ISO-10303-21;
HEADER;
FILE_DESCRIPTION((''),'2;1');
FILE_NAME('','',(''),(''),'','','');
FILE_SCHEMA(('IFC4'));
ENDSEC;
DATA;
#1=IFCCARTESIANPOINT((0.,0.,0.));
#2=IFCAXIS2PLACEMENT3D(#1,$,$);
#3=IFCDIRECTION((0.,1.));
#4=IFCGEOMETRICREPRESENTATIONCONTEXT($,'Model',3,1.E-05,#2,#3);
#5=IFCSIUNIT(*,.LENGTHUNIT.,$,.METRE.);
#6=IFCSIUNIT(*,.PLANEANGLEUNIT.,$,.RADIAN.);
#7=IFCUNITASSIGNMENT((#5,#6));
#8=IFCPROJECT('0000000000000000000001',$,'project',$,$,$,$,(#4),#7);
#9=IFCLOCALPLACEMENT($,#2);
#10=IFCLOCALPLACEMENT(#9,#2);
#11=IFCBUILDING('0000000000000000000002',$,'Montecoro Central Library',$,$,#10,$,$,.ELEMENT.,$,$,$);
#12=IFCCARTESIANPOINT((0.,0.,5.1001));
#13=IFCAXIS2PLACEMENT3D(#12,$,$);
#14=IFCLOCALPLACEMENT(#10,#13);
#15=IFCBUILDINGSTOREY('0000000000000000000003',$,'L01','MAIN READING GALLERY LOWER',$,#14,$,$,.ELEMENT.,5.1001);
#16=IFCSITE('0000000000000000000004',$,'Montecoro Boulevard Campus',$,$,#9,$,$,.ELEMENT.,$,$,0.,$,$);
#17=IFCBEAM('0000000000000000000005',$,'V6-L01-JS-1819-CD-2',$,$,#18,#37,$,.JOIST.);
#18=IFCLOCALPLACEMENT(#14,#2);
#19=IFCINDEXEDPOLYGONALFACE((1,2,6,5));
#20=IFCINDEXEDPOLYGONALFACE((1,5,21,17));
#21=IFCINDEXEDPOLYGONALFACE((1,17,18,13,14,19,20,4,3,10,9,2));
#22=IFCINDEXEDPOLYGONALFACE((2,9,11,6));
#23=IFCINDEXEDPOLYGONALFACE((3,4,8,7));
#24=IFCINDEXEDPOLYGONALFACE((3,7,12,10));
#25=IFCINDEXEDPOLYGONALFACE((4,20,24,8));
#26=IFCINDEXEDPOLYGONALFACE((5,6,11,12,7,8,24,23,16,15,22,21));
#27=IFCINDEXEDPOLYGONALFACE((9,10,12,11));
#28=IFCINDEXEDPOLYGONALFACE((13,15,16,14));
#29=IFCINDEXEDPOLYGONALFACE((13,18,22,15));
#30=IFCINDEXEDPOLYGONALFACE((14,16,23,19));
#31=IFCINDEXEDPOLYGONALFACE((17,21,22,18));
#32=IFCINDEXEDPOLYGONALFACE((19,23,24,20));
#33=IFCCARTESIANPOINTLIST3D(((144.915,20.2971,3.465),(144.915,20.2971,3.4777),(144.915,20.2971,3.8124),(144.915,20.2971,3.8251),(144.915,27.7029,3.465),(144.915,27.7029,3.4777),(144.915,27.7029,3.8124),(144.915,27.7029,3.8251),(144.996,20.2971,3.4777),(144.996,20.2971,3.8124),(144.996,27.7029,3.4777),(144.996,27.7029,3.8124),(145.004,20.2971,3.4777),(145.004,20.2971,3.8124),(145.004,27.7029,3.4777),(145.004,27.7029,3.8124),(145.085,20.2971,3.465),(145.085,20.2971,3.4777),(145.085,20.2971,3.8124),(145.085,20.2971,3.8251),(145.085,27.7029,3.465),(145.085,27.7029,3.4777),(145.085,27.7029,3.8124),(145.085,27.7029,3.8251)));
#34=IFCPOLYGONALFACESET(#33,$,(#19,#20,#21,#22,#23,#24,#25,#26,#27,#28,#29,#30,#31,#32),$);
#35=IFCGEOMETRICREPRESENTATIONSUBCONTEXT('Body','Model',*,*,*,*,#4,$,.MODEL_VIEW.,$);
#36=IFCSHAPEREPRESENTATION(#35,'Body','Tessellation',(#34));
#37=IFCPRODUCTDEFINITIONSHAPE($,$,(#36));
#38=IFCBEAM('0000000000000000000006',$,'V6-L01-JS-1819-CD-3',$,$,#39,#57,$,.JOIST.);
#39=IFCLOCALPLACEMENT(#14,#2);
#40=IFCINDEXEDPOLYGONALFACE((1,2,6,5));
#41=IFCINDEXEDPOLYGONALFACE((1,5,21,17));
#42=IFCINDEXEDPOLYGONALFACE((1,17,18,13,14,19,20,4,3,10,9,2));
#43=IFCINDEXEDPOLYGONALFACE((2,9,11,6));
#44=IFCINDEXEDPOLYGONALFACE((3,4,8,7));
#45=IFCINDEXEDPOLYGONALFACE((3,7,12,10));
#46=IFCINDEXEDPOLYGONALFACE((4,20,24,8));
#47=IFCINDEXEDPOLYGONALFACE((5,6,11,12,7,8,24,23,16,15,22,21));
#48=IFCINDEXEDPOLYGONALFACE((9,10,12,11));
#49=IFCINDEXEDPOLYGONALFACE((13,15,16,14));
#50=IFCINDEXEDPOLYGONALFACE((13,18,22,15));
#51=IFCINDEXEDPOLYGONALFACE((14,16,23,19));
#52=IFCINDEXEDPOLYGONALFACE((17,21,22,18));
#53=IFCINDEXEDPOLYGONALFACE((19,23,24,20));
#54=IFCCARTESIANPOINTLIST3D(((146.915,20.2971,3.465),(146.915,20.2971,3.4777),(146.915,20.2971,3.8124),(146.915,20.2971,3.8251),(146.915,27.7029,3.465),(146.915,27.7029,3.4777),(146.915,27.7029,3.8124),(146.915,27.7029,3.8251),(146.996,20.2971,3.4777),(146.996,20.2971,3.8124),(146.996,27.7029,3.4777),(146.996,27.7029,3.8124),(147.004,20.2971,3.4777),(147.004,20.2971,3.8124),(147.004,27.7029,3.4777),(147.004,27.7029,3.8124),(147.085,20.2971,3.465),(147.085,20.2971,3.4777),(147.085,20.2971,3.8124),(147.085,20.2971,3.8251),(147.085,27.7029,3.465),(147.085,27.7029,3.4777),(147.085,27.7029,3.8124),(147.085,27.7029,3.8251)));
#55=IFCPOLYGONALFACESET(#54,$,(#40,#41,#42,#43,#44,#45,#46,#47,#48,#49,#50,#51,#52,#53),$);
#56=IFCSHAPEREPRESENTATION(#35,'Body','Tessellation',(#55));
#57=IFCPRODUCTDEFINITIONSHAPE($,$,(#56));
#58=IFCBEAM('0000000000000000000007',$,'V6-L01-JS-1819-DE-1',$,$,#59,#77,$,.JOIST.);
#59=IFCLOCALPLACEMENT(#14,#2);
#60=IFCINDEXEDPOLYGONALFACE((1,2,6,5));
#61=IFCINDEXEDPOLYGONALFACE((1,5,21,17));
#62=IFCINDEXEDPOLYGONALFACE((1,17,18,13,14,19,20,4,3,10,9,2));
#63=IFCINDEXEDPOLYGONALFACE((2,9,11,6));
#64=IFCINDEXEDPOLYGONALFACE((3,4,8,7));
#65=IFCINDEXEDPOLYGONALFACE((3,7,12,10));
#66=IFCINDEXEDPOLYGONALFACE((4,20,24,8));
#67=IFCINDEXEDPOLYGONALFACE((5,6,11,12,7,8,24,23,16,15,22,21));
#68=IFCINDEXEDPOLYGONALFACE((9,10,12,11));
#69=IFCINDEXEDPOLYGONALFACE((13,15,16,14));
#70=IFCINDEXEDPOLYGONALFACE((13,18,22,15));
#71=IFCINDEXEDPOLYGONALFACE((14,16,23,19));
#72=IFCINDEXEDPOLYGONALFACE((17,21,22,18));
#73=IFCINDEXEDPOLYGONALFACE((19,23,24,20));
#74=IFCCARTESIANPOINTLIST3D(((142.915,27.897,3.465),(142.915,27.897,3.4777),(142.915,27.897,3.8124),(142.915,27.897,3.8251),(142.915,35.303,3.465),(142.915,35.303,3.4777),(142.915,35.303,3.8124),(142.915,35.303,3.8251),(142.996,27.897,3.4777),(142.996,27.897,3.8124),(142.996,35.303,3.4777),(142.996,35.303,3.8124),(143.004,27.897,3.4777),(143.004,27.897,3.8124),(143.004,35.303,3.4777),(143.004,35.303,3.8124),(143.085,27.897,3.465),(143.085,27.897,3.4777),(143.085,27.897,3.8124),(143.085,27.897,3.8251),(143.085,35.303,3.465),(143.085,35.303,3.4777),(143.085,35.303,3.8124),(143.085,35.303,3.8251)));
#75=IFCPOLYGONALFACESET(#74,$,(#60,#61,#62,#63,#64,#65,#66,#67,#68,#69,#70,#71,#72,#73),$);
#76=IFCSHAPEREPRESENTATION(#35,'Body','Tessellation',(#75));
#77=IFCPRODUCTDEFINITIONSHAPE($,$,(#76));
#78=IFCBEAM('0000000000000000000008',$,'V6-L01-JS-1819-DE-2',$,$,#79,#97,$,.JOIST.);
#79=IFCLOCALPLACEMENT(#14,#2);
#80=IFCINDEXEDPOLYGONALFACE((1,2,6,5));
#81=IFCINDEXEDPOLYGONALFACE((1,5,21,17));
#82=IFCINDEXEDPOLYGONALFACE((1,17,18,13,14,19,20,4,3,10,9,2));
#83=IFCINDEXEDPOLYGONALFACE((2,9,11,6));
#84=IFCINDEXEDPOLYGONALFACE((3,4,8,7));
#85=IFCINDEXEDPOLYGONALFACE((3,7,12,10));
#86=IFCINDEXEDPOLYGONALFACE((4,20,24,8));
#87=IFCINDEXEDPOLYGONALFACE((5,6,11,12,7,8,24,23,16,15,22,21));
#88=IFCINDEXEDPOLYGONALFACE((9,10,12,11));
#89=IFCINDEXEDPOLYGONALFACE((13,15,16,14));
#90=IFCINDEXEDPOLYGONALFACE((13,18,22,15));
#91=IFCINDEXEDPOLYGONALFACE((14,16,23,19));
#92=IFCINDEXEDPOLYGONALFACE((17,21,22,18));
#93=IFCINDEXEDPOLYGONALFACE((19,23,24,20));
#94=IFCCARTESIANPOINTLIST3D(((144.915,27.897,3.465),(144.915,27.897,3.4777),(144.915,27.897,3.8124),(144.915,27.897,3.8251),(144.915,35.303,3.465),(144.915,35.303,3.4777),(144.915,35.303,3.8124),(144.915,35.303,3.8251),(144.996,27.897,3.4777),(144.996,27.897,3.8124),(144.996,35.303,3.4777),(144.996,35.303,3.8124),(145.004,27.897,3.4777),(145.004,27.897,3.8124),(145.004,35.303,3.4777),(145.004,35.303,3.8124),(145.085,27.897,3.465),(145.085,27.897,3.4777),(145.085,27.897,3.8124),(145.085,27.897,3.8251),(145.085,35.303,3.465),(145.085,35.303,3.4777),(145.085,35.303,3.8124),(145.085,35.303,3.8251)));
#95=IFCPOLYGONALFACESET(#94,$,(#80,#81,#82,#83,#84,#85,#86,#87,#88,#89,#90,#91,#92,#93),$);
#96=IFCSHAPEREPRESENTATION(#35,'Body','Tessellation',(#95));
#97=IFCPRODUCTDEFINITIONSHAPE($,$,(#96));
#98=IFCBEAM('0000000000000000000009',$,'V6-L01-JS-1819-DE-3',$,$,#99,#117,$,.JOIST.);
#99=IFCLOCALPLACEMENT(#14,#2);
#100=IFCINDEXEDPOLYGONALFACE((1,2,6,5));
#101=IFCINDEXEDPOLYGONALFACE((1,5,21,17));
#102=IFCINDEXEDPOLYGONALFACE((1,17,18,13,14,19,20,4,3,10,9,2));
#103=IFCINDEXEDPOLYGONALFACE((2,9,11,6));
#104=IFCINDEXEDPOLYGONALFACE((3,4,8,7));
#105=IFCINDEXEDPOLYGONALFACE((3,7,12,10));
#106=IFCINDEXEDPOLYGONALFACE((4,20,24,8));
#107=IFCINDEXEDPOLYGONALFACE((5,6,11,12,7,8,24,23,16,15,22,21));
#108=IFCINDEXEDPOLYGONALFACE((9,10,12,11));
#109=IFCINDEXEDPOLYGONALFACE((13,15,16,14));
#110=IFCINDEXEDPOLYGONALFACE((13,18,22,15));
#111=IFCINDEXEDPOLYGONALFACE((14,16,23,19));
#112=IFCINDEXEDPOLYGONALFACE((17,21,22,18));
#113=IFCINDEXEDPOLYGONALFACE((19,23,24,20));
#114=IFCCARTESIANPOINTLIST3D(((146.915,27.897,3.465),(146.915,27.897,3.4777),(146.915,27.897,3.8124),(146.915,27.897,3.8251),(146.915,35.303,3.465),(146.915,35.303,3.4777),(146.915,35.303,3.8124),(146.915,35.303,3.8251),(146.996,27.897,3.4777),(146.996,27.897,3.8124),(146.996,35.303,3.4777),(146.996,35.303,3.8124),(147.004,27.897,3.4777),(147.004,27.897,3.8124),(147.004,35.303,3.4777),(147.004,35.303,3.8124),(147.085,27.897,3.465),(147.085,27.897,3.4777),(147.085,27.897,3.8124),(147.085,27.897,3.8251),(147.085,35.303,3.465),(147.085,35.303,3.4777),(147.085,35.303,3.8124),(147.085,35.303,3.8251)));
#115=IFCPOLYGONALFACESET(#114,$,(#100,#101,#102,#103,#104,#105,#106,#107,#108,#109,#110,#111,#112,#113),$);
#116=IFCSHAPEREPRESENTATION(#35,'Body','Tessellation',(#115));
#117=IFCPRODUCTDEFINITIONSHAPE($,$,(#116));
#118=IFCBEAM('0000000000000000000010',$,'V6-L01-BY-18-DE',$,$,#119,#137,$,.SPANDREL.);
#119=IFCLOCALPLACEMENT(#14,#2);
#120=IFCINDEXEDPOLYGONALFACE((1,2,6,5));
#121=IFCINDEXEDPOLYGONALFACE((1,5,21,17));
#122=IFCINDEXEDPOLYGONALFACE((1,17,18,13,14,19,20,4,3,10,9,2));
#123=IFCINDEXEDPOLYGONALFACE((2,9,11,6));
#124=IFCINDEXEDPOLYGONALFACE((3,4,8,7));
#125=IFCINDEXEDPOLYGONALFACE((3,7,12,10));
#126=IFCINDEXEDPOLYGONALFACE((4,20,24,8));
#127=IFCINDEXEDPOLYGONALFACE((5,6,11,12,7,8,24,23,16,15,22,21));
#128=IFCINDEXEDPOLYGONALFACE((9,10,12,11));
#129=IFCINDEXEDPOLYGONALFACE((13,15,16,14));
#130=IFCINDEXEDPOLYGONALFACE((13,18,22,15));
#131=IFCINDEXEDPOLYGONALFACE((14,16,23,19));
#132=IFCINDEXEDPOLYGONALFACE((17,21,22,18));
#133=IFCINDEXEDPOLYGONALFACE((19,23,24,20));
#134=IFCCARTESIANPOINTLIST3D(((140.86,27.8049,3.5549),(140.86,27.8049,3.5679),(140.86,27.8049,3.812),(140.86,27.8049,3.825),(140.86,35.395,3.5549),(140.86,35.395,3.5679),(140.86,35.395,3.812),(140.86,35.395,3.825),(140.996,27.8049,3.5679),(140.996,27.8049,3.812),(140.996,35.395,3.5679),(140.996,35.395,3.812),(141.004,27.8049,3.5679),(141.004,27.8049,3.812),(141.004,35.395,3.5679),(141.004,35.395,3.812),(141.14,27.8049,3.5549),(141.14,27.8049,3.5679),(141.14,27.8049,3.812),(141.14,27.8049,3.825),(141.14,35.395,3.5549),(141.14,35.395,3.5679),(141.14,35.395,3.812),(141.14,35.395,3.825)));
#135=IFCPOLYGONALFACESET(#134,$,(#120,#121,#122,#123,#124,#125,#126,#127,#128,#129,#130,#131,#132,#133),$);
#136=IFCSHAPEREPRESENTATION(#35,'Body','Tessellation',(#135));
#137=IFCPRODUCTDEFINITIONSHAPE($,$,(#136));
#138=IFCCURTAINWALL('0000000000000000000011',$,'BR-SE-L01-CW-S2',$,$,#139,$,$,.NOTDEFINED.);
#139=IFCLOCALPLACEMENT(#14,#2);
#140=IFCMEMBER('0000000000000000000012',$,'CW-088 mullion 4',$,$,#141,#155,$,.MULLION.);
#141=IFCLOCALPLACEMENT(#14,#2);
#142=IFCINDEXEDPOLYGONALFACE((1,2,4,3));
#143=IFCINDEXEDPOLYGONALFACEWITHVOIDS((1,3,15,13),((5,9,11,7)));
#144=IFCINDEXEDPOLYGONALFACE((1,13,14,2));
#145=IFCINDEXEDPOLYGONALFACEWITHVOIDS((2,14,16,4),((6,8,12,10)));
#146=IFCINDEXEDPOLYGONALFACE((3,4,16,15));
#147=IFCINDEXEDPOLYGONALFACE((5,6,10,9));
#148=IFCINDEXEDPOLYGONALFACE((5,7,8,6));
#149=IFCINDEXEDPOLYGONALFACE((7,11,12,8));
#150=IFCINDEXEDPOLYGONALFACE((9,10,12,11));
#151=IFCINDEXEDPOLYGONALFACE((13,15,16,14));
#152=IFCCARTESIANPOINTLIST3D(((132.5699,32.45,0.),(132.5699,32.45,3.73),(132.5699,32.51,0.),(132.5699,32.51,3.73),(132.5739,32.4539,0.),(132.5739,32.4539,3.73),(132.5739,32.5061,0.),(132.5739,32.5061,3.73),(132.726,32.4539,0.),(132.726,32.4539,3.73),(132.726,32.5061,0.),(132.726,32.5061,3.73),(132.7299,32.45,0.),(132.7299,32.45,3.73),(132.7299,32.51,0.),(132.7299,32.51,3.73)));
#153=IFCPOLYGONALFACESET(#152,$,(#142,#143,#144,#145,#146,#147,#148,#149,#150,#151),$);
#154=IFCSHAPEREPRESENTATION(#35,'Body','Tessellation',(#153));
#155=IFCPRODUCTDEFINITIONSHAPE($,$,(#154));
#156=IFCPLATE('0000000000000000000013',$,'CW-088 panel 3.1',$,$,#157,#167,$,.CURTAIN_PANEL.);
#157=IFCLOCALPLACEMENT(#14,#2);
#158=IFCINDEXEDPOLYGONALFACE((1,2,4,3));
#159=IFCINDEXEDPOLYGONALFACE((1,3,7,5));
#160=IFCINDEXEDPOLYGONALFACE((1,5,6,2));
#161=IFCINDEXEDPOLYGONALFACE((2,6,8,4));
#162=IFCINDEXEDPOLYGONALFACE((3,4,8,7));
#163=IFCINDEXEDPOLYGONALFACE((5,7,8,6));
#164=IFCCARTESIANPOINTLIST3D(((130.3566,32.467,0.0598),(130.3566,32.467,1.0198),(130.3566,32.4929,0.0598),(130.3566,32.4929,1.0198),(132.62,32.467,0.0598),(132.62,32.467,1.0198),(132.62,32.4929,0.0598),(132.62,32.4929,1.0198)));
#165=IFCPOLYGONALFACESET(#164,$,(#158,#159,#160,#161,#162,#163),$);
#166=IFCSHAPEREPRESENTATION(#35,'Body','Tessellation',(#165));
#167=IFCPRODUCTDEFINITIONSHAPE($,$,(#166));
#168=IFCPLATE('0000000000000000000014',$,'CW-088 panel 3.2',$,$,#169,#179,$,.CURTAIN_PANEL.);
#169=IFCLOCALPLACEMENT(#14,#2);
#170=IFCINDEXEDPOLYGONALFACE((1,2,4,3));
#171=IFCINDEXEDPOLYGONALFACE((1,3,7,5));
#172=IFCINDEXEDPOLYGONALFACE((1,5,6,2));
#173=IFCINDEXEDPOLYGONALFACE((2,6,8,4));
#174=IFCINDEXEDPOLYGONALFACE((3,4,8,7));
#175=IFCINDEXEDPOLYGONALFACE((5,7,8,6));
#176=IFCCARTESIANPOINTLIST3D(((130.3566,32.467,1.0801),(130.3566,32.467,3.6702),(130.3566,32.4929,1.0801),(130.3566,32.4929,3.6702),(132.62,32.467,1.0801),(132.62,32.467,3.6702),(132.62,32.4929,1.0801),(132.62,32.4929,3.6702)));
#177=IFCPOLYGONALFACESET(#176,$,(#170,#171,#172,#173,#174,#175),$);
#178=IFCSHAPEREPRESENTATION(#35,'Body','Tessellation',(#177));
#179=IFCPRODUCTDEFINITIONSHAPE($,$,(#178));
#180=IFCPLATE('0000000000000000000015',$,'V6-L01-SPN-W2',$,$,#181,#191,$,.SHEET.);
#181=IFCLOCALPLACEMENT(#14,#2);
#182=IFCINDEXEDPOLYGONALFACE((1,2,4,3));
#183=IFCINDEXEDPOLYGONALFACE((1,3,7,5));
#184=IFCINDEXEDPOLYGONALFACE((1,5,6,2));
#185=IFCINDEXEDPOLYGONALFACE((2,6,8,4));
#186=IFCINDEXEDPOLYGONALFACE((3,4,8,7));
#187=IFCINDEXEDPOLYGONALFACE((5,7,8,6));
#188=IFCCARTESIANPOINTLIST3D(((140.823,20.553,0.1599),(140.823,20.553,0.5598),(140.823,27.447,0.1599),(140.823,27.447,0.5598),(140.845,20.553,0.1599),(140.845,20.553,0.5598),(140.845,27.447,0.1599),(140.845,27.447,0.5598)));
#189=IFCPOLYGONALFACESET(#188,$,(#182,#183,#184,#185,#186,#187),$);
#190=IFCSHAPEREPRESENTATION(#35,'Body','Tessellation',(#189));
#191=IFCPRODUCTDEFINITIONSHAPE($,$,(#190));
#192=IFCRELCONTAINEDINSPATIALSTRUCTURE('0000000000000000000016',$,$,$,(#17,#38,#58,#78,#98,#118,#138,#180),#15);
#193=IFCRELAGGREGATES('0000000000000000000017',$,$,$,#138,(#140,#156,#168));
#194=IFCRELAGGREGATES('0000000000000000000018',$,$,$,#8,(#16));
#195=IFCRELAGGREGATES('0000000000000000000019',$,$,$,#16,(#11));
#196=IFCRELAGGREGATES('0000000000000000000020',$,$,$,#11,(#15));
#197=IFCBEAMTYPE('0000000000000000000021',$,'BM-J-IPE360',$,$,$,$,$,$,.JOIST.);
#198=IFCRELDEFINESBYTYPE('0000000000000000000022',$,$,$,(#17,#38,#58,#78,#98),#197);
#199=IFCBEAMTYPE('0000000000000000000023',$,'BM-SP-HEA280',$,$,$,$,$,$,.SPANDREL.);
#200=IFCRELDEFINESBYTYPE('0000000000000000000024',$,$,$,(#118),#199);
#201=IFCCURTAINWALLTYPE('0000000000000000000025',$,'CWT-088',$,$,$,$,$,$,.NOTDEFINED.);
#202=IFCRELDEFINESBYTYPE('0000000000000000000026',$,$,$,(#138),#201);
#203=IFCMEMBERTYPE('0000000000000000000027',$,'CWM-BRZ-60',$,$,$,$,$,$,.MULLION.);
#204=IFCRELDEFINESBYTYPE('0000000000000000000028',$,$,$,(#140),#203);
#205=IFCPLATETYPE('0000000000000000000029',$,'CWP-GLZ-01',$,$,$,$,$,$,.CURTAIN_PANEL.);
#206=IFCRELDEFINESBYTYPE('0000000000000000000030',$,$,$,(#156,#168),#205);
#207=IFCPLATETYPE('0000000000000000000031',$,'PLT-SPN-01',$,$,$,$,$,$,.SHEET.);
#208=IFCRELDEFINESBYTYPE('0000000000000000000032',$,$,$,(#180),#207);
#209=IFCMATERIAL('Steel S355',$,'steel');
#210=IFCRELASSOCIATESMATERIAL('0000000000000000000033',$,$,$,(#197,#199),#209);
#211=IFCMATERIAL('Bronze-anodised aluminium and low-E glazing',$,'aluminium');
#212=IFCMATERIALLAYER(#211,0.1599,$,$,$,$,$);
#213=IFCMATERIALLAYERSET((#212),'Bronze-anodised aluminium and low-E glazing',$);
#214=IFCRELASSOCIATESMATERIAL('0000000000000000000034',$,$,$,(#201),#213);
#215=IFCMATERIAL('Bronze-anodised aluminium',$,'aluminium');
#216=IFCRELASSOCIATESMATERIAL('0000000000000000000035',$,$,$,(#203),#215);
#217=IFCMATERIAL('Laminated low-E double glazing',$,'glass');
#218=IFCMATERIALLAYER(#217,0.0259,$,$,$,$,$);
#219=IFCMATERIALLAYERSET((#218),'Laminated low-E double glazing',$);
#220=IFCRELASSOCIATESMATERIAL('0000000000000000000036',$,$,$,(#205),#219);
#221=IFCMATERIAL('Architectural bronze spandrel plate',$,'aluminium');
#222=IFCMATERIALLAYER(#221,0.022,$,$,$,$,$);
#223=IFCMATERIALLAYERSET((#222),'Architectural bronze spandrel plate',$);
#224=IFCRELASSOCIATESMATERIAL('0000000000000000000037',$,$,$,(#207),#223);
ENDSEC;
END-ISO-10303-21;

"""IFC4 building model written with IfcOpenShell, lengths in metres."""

from ifc_helpers import new_model, si_unit, direction, frame, origin, origin_2d, place, context, subcontext, project, spatial, rectangle, hollow_rectangle, i_section, extrude, material, layer, layer_set, material_profile, profile_set, type_object, element, aggregate, save


model = new_model("IFC4")

# Units and contexts
model_context = context("Model", 3, precision=1e-05, world=origin(), true_north=direction((0.0, 1.0)))
body_context = subcontext(model_context, "Body", "Model", "MODEL_VIEW")
ifc_project = project(units=[si_unit("LENGTHUNIT", "METRE"), si_unit("PLANEANGLEUNIT", "RADIAN")], contexts=[model_context])

# Site, building, storey
site_placement = place(None, origin())
site = spatial("IfcSite", under=ifc_project, at=site_placement, Name="Montecoro Boulevard Campus", CompositionType="ELEMENT", RefElevation=0.0)
building_placement = place(site_placement, origin())
building = spatial("IfcBuilding", under=site, at=building_placement, Name="Montecoro Central Library", CompositionType="ELEMENT")
storey_placement = place(building_placement, frame((0.0, 0.0, 5.1001)))
storey = spatial("IfcBuildingStorey", under=building, at=storey_placement, Name="L01", Description="MAIN READING GALLERY LOWER", CompositionType="ELEMENT", Elevation=5.1001)

# Shared definitions
ifc_material_1 = material(Name="Steel S355", Category="steel")

# Beams
ifc_material_profile_1 = material_profile(ifc_material_1, i_section(OverallWidth=0.1699, OverallDepth=0.3601, WebThickness=0.0081, FlangeThickness=0.0127, at=origin_2d()), Name="IPE 360")
ifc_profile_set_1 = profile_set([ifc_material_profile_1], Name="Steel S355")
beam_type_1 = type_object("IfcBeamType", Name="BM-J-IPE360", PredefinedType="JOIST", material=ifc_profile_set_1)
for number, where, z_axis, x_axis, name in (
    (1, (145.0, 20.2971, 3.645), (0.0, 1.0, 0.0), (-1.0, 0.0, 0.0), "V6-L01-JS-1819-CD-2"),
    (2, (147.0, 20.2971, 3.645), (0.0, 1.0, 0.0), (-1.0, 0.0, 0.0), "V6-L01-JS-1819-CD-3"),
):
    element("IfcBeam", number, at=place(storey_placement, frame(where, z_axis=z_axis, x_axis=x_axis)), inside=storey, type_object=beam_type_1, Name=name, PredefinedType="JOIST", context=body_context, shape_type="SweptSolid", body=[
        extrude(i_section(OverallWidth=0.1699, OverallDepth=0.3601, WebThickness=0.0081, FlangeThickness=0.0127, at=origin_2d()), origin(), (0.0, 0.0, 1.0), 7.4058),
    ])
for number, where, z_axis, x_axis, name in (
    (3, (143.0, 27.897, 3.645), (0.0, 1.0, 0.0), (-1.0, 0.0, 0.0), "V6-L01-JS-1819-DE-1"),
    (4, (145.0, 27.897, 3.645), (0.0, 1.0, 0.0), (-1.0, 0.0, 0.0), "V6-L01-JS-1819-DE-2"),
    (5, (147.0, 27.897, 3.645), (0.0, 1.0, 0.0), (-1.0, 0.0, 0.0), "V6-L01-JS-1819-DE-3"),
):
    element("IfcBeam", number, at=place(storey_placement, frame(where, z_axis=z_axis, x_axis=x_axis)), inside=storey, type_object=beam_type_1, Name=name, PredefinedType="JOIST", context=body_context, shape_type="SweptSolid", body=[
        extrude(i_section(OverallWidth=0.1699, OverallDepth=0.3601, WebThickness=0.0081, FlangeThickness=0.0127, at=origin_2d()), origin(), (0.0, 0.0, 1.0), 7.406),
    ])
ifc_material_profile_2 = material_profile(ifc_material_1, i_section(OverallWidth=0.28, OverallDepth=0.27, WebThickness=0.0081, FlangeThickness=0.0129, at=origin_2d()), Name="HEA 280")
ifc_profile_set_2 = profile_set([ifc_material_profile_2], Name="Steel S355")
beam_type_2 = type_object("IfcBeamType", Name="BM-SP-HEA280", PredefinedType="SPANDREL", material=ifc_profile_set_2)
beam_1_placement = place(storey_placement, frame((141.0, 27.8049, 3.6899), z_axis=(0.0, 1.0, 0.0), x_axis=(-1.0, 0.0, 0.0)))
element("IfcBeam", 6, at=beam_1_placement, inside=storey, type_object=beam_type_2, Name="V6-L01-BY-18-DE", PredefinedType="SPANDREL", context=body_context, shape_type="SweptSolid", body=[
    extrude(i_section(OverallWidth=0.28, OverallDepth=0.27, WebThickness=0.0081, FlangeThickness=0.0129, at=origin_2d()), origin(), (0.0, 0.0, 1.0), 7.5901),
])

# Curtain wall, member, plates
ifc_material_2 = material(Name="Bronze-anodised aluminium and low-E glazing", Category="aluminium")
ifc_layer_1 = layer(ifc_material_2, 0.1599)
ifc_layer_set_1 = layer_set([ifc_layer_1], Name="Bronze-anodised aluminium and low-E glazing")
curtain_wall_type = type_object("IfcCurtainWallType", Name="CWT-088", PredefinedType="NOTDEFINED", material=ifc_layer_set_1)
curtain_wall_placement = place(storey_placement, origin())
curtain_wall = element("IfcCurtainWall", 7, at=curtain_wall_placement, inside=storey, type_object=curtain_wall_type, Name="BR-SE-L01-CW-S2", PredefinedType="NOTDEFINED")
ifc_material_3 = material(Name="Bronze-anodised aluminium", Category="aluminium")
ifc_material_profile_3 = material_profile(ifc_material_3, hollow_rectangle(XDim=0.0601, YDim=0.1599, WallThickness=0.0039, at=origin_2d()), Name="CWM 160x60x4.0")
ifc_profile_set_3 = profile_set([ifc_material_profile_3], Name="Bronze-anodised aluminium")
member_type = type_object("IfcMemberType", Name="CWM-BRZ-60", PredefinedType="MULLION", material=ifc_profile_set_3)
member_placement = place(storey_placement, frame((132.6499, 32.48, 0.0), z_axis=(0.0, 0.0, 1.0), x_axis=(0.0, 1.0, 0.0)))
member = element("IfcMember", 8, at=member_placement, type_object=member_type, Name="CW-088 mullion 4", PredefinedType="MULLION", context=body_context, shape_type="SweptSolid", body=[
    extrude(hollow_rectangle(XDim=0.0601, YDim=0.1599, WallThickness=0.0039, at=origin_2d()), origin(), (0.0, 0.0, 1.0), 3.73),
])
ifc_material_4 = material(Name="Laminated low-E double glazing", Category="glass")
ifc_layer_2 = layer(ifc_material_4, 0.0259)
ifc_layer_set_2 = layer_set([ifc_layer_2], Name="Laminated low-E double glazing")
plate_type_1 = type_object("IfcPlateType", Name="CWP-GLZ-01", PredefinedType="CURTAIN_PANEL", material=ifc_layer_set_2)
plate_1_placement = place(storey_placement, frame((131.4883, 32.48, 0.0598), z_axis=(0.0, 0.0, 1.0), x_axis=(1.0, 0.0, 0.0)))
plate_1 = element("IfcPlate", 9, at=plate_1_placement, type_object=plate_type_1, Name="CW-088 panel 3.1", PredefinedType="CURTAIN_PANEL", context=body_context, shape_type="SweptSolid", body=[
    extrude(rectangle(XDim=2.2634, YDim=0.0259, at=origin_2d()), origin(), (0.0, 0.0, 1.0), 0.96),
])
plate_2_placement = place(storey_placement, frame((131.4883, 32.48, 1.0801), z_axis=(0.0, 0.0, 1.0), x_axis=(1.0, 0.0, 0.0)))
plate_2 = element("IfcPlate", 10, at=plate_2_placement, type_object=plate_type_1, Name="CW-088 panel 3.2", PredefinedType="CURTAIN_PANEL", context=body_context, shape_type="SweptSolid", body=[
    extrude(rectangle(XDim=2.2634, YDim=0.0259, at=origin_2d()), origin(), (0.0, 0.0, 1.0), 2.5901),
])
aggregate(curtain_wall, [member, plate_1, plate_2])

# Plate
ifc_material_5 = material(Name="Architectural bronze spandrel plate", Category="aluminium")
ifc_layer_3 = layer(ifc_material_5, 0.022)
ifc_layer_set_3 = layer_set([ifc_layer_3], Name="Architectural bronze spandrel plate")
plate_type_2 = type_object("IfcPlateType", Name="PLT-SPN-01", PredefinedType="SHEET", material=ifc_layer_set_3)
plate_3_placement = place(storey_placement, frame((140.834, 24.0, 0.1599), z_axis=(0.0, 0.0, 1.0), x_axis=(0.0, -1.0, 0.0)))
element("IfcPlate", 11, at=plate_3_placement, inside=storey, type_object=plate_type_2, Name="V6-L01-SPN-W2", PredefinedType="SHEET", context=body_context, shape_type="SweptSolid", body=[
    extrude(rectangle(XDim=6.894, YDim=0.022, at=origin_2d()), origin(), (0.0, 0.0, 1.0), 0.3999),
])

save(model, "model.ifc")
